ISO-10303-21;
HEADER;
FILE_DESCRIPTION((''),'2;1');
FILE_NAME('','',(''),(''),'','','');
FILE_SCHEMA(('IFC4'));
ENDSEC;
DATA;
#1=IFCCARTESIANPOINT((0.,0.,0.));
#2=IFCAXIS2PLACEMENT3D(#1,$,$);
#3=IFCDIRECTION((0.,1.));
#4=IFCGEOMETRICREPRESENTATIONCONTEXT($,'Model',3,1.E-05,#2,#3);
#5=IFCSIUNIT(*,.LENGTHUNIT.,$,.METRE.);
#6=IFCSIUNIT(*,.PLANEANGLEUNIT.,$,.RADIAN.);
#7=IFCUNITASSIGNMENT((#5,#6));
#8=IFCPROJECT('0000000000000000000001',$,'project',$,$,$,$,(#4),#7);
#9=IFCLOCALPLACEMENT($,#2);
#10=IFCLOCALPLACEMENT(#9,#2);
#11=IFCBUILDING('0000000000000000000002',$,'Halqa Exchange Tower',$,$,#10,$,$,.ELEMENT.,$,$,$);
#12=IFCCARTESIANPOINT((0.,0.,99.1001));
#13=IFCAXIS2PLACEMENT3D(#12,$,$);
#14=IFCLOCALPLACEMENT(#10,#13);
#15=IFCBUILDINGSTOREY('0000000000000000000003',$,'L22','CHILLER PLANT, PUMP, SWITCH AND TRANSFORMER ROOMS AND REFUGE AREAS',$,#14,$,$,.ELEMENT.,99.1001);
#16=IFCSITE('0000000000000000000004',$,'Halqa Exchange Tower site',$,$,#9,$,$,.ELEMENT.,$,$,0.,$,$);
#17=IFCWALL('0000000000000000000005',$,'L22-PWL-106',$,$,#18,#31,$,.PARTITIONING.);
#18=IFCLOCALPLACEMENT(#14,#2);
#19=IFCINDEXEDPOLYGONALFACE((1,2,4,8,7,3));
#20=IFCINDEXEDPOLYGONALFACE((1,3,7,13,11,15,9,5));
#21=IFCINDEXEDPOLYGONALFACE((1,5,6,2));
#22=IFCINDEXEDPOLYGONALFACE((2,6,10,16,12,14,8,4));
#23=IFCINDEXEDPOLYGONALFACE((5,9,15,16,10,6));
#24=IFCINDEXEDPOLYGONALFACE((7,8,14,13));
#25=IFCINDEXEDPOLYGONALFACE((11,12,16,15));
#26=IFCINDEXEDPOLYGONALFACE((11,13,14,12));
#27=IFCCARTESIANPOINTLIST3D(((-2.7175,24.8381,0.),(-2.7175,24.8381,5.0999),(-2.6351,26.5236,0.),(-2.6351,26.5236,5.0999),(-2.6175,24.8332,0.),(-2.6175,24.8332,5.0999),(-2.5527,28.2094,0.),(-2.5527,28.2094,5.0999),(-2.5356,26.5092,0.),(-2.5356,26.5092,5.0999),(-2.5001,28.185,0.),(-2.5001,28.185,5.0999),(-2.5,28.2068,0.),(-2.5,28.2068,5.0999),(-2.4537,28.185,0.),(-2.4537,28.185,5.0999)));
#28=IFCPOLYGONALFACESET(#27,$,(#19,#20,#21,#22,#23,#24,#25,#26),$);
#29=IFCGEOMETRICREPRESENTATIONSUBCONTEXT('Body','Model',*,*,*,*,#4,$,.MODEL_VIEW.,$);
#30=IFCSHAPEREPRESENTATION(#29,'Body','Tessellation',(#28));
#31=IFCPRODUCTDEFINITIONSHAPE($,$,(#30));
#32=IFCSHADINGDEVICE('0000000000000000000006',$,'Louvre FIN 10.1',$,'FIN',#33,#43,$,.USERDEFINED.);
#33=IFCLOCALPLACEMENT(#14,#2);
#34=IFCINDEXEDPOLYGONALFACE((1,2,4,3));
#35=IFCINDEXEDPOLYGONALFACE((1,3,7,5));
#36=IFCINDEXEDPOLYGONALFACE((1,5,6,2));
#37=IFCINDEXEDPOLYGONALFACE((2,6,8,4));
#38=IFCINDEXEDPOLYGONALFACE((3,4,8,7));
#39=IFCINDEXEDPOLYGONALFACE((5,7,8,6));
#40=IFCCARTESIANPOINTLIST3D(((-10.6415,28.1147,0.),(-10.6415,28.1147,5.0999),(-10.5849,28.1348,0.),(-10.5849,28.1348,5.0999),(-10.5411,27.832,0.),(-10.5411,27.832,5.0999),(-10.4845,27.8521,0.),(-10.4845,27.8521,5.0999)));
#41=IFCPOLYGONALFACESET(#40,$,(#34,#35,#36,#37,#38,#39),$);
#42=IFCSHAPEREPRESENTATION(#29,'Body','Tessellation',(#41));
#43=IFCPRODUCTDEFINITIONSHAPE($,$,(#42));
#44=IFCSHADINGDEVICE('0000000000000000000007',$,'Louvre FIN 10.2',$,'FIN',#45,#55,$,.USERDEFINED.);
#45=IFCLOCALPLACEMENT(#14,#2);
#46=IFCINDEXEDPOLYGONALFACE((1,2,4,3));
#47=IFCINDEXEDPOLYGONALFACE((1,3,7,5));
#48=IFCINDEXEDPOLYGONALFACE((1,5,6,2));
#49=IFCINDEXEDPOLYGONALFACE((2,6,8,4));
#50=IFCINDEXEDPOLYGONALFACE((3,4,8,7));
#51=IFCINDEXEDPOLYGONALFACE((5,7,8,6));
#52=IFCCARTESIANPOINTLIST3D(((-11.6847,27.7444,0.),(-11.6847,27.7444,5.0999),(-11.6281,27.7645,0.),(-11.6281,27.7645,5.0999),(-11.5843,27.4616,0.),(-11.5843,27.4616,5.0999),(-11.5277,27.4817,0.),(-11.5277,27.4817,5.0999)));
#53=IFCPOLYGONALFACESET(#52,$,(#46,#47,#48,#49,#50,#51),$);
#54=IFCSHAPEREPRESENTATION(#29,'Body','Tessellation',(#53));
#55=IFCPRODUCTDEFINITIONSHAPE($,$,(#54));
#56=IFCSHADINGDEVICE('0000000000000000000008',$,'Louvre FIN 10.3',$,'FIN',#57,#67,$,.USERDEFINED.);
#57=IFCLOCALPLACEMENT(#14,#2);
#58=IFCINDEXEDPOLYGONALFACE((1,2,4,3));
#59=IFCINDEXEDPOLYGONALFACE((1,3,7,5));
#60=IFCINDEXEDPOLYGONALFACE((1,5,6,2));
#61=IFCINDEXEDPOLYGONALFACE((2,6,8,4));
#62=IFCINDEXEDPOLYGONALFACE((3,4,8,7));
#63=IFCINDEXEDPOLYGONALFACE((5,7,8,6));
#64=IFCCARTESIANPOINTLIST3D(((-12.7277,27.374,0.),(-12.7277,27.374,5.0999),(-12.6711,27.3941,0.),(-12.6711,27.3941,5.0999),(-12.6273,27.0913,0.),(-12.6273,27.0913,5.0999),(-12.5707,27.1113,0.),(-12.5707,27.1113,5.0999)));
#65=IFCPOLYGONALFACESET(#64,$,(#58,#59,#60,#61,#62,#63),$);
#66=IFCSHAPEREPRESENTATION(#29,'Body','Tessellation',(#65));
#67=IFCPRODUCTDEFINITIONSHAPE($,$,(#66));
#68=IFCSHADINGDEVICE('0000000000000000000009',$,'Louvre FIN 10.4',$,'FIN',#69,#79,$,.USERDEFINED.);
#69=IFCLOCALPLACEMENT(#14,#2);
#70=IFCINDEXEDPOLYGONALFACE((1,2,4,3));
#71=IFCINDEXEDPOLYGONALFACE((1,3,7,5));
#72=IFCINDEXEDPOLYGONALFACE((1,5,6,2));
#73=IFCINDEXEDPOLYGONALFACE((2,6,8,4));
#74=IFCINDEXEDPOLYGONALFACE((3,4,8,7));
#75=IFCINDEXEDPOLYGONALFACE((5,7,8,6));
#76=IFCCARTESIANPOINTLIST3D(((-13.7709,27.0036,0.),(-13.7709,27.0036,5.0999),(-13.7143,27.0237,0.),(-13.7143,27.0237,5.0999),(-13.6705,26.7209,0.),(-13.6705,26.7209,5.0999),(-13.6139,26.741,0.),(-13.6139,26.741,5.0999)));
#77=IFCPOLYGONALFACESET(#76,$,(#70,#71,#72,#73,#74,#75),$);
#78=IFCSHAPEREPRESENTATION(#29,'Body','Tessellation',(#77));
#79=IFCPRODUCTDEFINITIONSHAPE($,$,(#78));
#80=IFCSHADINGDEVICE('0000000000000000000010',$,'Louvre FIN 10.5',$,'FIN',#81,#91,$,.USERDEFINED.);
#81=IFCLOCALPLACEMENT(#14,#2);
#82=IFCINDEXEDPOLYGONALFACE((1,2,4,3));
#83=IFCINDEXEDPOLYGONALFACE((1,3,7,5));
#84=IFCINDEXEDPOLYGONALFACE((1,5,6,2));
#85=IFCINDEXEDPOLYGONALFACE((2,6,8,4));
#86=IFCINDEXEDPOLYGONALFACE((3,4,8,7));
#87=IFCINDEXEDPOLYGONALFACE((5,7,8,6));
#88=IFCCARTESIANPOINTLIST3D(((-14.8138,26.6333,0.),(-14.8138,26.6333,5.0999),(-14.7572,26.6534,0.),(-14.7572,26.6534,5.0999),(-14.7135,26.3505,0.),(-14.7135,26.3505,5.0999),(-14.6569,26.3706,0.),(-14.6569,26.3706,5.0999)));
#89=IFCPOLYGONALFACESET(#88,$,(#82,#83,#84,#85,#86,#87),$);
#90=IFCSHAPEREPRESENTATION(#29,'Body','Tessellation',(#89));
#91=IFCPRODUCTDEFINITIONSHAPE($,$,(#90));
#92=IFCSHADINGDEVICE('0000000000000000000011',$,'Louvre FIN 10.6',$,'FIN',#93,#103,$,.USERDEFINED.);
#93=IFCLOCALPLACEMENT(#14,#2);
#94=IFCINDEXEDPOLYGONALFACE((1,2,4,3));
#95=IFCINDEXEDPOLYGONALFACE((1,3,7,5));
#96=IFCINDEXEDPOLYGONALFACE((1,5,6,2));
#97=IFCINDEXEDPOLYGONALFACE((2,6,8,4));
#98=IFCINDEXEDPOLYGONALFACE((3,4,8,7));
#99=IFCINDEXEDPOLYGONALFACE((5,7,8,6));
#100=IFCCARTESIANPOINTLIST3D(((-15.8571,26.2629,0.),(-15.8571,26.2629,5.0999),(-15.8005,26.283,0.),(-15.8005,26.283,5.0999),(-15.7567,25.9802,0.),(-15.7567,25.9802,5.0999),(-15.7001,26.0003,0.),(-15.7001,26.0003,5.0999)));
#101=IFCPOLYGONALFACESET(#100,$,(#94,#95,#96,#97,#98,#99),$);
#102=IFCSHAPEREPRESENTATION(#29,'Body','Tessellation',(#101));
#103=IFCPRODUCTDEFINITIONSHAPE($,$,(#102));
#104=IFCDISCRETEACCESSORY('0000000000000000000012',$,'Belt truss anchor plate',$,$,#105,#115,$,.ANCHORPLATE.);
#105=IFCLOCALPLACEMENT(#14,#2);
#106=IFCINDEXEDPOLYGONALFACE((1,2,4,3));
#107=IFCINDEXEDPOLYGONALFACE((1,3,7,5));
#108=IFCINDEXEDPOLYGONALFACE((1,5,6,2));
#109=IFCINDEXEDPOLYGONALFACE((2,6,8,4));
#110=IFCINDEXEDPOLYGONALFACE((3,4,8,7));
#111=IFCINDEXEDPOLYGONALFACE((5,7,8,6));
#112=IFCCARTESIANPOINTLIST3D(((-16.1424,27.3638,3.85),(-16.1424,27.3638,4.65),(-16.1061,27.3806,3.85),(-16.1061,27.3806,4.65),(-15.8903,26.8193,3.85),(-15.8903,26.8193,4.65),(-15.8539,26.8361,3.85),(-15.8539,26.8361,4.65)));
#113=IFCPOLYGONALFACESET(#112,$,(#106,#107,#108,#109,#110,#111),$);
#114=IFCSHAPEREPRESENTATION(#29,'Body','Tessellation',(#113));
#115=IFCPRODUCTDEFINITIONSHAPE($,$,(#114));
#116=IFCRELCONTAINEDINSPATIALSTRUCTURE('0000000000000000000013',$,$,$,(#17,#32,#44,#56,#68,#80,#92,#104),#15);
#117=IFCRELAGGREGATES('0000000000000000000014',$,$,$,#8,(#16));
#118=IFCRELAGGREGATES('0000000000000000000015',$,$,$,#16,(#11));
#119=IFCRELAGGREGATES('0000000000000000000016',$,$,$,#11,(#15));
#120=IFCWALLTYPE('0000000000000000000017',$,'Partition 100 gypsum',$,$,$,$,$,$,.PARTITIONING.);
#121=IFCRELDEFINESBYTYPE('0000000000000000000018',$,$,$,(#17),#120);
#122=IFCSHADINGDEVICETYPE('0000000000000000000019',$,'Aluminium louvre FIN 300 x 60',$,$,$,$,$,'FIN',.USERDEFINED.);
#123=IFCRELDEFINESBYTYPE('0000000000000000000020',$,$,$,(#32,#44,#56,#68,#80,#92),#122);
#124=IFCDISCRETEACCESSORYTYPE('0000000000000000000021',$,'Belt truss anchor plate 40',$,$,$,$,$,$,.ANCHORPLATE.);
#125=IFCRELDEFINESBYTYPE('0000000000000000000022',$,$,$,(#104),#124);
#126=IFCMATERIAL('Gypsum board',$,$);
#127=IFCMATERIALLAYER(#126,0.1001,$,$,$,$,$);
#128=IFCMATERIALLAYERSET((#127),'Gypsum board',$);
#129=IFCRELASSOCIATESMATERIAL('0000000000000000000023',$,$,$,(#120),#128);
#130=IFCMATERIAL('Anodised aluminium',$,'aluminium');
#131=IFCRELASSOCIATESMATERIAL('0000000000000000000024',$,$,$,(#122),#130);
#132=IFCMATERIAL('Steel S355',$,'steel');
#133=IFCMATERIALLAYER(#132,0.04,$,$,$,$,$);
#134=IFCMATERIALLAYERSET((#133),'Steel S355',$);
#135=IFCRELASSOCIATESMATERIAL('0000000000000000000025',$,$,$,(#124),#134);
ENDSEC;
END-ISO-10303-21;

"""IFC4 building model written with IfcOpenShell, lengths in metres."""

from ifc_helpers import new_model, si_unit, direction, frame, origin, origin_2d, place, context, subcontext, project, spatial, polyline, rectangle, outline, extrude, material, layer, layer_set, material_profile, profile_set, type_object, element, save


model = new_model("IFC4")

# Units and contexts
model_context = context("Model", 3, precision=1e-05, world=origin(), true_north=direction((0.0, 1.0)))
body_context = subcontext(model_context, "Body", "Model", "MODEL_VIEW")
ifc_project = project(units=[si_unit("LENGTHUNIT", "METRE"), si_unit("PLANEANGLEUNIT", "RADIAN")], contexts=[model_context])

# Site, building, storey
site_placement = place(None, origin())
site = spatial("IfcSite", under=ifc_project, at=site_placement, Name="Halqa Exchange Tower site", CompositionType="ELEMENT", RefElevation=0.0)
building_placement = place(site_placement, origin())
building = spatial("IfcBuilding", under=site, at=building_placement, Name="Halqa Exchange Tower", CompositionType="ELEMENT")
storey_placement = place(building_placement, frame((0.0, 0.0, 99.1001)))
storey = spatial("IfcBuildingStorey", under=building, at=storey_placement, Name="L22", Description="CHILLER PLANT, PUMP, SWITCH AND TRANSFORMER ROOMS AND REFUGE AREAS", CompositionType="ELEMENT", Elevation=99.1001)

# Shared definitions
ifc_material_1 = material(Name="Steel S355", Category="steel")

# Wall
ifc_material_2 = material(Name="Gypsum board")
ifc_layer_1 = layer(ifc_material_2, 0.1001)
ifc_layer_set_1 = layer_set([ifc_layer_1], Name="Gypsum board")
wall_type_1 = type_object("IfcWallType", Name="Partition 100 gypsum", PredefinedType="PARTITIONING", material=ifc_layer_set_1)
wall_1_placement = place(storey_placement, frame((-2.6675, 24.8357, 0.0), z_axis=(0.0, 0.0, 1.0), x_axis=(0.048823, 0.998807, 0.0)))
element("IfcWall", 1, at=wall_1_placement, inside=storey, type_object=wall_type_1, Name="L22-PWL-106", PredefinedType="PARTITIONING", context=body_context, shape_type="SweptSolid", body=[
    extrude(outline(polyline([(0.0, -0.05), (1.678, -0.05), (3.3557, -0.05), (3.3535, -0.0037), (3.3752, -0.0027), (3.3752, 0.05), (1.6875, 0.05), (0.0, 0.05), (0.0, -0.05)])), origin(), (0.0, 0.0, 1.0), 5.0999),
])

# Shading devices
ifc_material_3 = material(Name="Anodised aluminium", Category="aluminium")
ifc_material_profile_1 = material_profile(ifc_material_3, rectangle(XDim=0.3, YDim=0.0601, at=origin_2d()), Name="AL FIN 300x60")
ifc_profile_set_1 = profile_set([ifc_material_profile_1], Name="Anodised aluminium")
shading_device_type = type_object("IfcShadingDeviceType", Name="Aluminium louvre FIN 300 x 60", ElementType="FIN", PredefinedType="USERDEFINED", material=ifc_profile_set_1)
for number, where, z_axis, x_axis, name in (
    (2, (-10.563, 27.9834, 0.0), (0.0, 0.0, 1.0), (0.334578, -0.942368, 0.0), "Louvre FIN 10.1"),
    (3, (-11.6062, 27.613, 0.0), (0.0, 0.0, 1.0), (0.334578, -0.942368, 0.0), "Louvre FIN 10.2"),
    (4, (-12.6492, 27.2427, 0.0), (0.0, 0.0, 1.0), (0.334578, -0.942368, 0.0), "Louvre FIN 10.3"),
    (5, (-13.6924, 26.8723, 0.0), (0.0, 0.0, 1.0), (0.334578, -0.942368, 0.0), "Louvre FIN 10.4"),
    (6, (-14.7354, 26.502, 0.0), (0.0, 0.0, 1.0), (0.334578, -0.942368, 0.0), "Louvre FIN 10.5"),
    (7, (-15.7786, 26.1316, 0.0), (0.0, 0.0, 1.0), (0.334578, -0.942368, 0.0), "Louvre FIN 10.6"),
):
    element("IfcShadingDevice", number, at=place(storey_placement, frame(where, z_axis=z_axis, x_axis=x_axis)), inside=storey, type_object=shading_device_type, Name=name, ObjectType="FIN", PredefinedType="USERDEFINED", context=body_context, shape_type="SweptSolid", body=[
        extrude(rectangle(XDim=0.3, YDim=0.0601, at=origin_2d()), origin(), (0.0, 0.0, 1.0), 5.0999),
    ])

# Discrete accessory
ifc_layer_2 = layer(ifc_material_1, 0.04)
ifc_layer_set_2 = layer_set([ifc_layer_2], Name="Steel S355")
discrete_accessory_type = type_object("IfcDiscreteAccessoryType", Name="Belt truss anchor plate 40", PredefinedType="ANCHORPLATE", material=ifc_layer_set_2)
discrete_accessory_placement = place(storey_placement, frame((-16.0164, 27.0916, 4.25), z_axis=(0.907424, 0.420216, 0.0), x_axis=(-0.420216, 0.907424, 0.0)))
element("IfcDiscreteAccessory", 8, at=discrete_accessory_placement, inside=storey, type_object=discrete_accessory_type, Name="Belt truss anchor plate", PredefinedType="ANCHORPLATE", context=body_context, shape_type="SweptSolid", body=[
    extrude(rectangle(XDim=0.6001, YDim=0.8, at=origin_2d()), origin(), (0.0, 0.0, 1.0), 0.04),
])

save(model, "model.ifc")
